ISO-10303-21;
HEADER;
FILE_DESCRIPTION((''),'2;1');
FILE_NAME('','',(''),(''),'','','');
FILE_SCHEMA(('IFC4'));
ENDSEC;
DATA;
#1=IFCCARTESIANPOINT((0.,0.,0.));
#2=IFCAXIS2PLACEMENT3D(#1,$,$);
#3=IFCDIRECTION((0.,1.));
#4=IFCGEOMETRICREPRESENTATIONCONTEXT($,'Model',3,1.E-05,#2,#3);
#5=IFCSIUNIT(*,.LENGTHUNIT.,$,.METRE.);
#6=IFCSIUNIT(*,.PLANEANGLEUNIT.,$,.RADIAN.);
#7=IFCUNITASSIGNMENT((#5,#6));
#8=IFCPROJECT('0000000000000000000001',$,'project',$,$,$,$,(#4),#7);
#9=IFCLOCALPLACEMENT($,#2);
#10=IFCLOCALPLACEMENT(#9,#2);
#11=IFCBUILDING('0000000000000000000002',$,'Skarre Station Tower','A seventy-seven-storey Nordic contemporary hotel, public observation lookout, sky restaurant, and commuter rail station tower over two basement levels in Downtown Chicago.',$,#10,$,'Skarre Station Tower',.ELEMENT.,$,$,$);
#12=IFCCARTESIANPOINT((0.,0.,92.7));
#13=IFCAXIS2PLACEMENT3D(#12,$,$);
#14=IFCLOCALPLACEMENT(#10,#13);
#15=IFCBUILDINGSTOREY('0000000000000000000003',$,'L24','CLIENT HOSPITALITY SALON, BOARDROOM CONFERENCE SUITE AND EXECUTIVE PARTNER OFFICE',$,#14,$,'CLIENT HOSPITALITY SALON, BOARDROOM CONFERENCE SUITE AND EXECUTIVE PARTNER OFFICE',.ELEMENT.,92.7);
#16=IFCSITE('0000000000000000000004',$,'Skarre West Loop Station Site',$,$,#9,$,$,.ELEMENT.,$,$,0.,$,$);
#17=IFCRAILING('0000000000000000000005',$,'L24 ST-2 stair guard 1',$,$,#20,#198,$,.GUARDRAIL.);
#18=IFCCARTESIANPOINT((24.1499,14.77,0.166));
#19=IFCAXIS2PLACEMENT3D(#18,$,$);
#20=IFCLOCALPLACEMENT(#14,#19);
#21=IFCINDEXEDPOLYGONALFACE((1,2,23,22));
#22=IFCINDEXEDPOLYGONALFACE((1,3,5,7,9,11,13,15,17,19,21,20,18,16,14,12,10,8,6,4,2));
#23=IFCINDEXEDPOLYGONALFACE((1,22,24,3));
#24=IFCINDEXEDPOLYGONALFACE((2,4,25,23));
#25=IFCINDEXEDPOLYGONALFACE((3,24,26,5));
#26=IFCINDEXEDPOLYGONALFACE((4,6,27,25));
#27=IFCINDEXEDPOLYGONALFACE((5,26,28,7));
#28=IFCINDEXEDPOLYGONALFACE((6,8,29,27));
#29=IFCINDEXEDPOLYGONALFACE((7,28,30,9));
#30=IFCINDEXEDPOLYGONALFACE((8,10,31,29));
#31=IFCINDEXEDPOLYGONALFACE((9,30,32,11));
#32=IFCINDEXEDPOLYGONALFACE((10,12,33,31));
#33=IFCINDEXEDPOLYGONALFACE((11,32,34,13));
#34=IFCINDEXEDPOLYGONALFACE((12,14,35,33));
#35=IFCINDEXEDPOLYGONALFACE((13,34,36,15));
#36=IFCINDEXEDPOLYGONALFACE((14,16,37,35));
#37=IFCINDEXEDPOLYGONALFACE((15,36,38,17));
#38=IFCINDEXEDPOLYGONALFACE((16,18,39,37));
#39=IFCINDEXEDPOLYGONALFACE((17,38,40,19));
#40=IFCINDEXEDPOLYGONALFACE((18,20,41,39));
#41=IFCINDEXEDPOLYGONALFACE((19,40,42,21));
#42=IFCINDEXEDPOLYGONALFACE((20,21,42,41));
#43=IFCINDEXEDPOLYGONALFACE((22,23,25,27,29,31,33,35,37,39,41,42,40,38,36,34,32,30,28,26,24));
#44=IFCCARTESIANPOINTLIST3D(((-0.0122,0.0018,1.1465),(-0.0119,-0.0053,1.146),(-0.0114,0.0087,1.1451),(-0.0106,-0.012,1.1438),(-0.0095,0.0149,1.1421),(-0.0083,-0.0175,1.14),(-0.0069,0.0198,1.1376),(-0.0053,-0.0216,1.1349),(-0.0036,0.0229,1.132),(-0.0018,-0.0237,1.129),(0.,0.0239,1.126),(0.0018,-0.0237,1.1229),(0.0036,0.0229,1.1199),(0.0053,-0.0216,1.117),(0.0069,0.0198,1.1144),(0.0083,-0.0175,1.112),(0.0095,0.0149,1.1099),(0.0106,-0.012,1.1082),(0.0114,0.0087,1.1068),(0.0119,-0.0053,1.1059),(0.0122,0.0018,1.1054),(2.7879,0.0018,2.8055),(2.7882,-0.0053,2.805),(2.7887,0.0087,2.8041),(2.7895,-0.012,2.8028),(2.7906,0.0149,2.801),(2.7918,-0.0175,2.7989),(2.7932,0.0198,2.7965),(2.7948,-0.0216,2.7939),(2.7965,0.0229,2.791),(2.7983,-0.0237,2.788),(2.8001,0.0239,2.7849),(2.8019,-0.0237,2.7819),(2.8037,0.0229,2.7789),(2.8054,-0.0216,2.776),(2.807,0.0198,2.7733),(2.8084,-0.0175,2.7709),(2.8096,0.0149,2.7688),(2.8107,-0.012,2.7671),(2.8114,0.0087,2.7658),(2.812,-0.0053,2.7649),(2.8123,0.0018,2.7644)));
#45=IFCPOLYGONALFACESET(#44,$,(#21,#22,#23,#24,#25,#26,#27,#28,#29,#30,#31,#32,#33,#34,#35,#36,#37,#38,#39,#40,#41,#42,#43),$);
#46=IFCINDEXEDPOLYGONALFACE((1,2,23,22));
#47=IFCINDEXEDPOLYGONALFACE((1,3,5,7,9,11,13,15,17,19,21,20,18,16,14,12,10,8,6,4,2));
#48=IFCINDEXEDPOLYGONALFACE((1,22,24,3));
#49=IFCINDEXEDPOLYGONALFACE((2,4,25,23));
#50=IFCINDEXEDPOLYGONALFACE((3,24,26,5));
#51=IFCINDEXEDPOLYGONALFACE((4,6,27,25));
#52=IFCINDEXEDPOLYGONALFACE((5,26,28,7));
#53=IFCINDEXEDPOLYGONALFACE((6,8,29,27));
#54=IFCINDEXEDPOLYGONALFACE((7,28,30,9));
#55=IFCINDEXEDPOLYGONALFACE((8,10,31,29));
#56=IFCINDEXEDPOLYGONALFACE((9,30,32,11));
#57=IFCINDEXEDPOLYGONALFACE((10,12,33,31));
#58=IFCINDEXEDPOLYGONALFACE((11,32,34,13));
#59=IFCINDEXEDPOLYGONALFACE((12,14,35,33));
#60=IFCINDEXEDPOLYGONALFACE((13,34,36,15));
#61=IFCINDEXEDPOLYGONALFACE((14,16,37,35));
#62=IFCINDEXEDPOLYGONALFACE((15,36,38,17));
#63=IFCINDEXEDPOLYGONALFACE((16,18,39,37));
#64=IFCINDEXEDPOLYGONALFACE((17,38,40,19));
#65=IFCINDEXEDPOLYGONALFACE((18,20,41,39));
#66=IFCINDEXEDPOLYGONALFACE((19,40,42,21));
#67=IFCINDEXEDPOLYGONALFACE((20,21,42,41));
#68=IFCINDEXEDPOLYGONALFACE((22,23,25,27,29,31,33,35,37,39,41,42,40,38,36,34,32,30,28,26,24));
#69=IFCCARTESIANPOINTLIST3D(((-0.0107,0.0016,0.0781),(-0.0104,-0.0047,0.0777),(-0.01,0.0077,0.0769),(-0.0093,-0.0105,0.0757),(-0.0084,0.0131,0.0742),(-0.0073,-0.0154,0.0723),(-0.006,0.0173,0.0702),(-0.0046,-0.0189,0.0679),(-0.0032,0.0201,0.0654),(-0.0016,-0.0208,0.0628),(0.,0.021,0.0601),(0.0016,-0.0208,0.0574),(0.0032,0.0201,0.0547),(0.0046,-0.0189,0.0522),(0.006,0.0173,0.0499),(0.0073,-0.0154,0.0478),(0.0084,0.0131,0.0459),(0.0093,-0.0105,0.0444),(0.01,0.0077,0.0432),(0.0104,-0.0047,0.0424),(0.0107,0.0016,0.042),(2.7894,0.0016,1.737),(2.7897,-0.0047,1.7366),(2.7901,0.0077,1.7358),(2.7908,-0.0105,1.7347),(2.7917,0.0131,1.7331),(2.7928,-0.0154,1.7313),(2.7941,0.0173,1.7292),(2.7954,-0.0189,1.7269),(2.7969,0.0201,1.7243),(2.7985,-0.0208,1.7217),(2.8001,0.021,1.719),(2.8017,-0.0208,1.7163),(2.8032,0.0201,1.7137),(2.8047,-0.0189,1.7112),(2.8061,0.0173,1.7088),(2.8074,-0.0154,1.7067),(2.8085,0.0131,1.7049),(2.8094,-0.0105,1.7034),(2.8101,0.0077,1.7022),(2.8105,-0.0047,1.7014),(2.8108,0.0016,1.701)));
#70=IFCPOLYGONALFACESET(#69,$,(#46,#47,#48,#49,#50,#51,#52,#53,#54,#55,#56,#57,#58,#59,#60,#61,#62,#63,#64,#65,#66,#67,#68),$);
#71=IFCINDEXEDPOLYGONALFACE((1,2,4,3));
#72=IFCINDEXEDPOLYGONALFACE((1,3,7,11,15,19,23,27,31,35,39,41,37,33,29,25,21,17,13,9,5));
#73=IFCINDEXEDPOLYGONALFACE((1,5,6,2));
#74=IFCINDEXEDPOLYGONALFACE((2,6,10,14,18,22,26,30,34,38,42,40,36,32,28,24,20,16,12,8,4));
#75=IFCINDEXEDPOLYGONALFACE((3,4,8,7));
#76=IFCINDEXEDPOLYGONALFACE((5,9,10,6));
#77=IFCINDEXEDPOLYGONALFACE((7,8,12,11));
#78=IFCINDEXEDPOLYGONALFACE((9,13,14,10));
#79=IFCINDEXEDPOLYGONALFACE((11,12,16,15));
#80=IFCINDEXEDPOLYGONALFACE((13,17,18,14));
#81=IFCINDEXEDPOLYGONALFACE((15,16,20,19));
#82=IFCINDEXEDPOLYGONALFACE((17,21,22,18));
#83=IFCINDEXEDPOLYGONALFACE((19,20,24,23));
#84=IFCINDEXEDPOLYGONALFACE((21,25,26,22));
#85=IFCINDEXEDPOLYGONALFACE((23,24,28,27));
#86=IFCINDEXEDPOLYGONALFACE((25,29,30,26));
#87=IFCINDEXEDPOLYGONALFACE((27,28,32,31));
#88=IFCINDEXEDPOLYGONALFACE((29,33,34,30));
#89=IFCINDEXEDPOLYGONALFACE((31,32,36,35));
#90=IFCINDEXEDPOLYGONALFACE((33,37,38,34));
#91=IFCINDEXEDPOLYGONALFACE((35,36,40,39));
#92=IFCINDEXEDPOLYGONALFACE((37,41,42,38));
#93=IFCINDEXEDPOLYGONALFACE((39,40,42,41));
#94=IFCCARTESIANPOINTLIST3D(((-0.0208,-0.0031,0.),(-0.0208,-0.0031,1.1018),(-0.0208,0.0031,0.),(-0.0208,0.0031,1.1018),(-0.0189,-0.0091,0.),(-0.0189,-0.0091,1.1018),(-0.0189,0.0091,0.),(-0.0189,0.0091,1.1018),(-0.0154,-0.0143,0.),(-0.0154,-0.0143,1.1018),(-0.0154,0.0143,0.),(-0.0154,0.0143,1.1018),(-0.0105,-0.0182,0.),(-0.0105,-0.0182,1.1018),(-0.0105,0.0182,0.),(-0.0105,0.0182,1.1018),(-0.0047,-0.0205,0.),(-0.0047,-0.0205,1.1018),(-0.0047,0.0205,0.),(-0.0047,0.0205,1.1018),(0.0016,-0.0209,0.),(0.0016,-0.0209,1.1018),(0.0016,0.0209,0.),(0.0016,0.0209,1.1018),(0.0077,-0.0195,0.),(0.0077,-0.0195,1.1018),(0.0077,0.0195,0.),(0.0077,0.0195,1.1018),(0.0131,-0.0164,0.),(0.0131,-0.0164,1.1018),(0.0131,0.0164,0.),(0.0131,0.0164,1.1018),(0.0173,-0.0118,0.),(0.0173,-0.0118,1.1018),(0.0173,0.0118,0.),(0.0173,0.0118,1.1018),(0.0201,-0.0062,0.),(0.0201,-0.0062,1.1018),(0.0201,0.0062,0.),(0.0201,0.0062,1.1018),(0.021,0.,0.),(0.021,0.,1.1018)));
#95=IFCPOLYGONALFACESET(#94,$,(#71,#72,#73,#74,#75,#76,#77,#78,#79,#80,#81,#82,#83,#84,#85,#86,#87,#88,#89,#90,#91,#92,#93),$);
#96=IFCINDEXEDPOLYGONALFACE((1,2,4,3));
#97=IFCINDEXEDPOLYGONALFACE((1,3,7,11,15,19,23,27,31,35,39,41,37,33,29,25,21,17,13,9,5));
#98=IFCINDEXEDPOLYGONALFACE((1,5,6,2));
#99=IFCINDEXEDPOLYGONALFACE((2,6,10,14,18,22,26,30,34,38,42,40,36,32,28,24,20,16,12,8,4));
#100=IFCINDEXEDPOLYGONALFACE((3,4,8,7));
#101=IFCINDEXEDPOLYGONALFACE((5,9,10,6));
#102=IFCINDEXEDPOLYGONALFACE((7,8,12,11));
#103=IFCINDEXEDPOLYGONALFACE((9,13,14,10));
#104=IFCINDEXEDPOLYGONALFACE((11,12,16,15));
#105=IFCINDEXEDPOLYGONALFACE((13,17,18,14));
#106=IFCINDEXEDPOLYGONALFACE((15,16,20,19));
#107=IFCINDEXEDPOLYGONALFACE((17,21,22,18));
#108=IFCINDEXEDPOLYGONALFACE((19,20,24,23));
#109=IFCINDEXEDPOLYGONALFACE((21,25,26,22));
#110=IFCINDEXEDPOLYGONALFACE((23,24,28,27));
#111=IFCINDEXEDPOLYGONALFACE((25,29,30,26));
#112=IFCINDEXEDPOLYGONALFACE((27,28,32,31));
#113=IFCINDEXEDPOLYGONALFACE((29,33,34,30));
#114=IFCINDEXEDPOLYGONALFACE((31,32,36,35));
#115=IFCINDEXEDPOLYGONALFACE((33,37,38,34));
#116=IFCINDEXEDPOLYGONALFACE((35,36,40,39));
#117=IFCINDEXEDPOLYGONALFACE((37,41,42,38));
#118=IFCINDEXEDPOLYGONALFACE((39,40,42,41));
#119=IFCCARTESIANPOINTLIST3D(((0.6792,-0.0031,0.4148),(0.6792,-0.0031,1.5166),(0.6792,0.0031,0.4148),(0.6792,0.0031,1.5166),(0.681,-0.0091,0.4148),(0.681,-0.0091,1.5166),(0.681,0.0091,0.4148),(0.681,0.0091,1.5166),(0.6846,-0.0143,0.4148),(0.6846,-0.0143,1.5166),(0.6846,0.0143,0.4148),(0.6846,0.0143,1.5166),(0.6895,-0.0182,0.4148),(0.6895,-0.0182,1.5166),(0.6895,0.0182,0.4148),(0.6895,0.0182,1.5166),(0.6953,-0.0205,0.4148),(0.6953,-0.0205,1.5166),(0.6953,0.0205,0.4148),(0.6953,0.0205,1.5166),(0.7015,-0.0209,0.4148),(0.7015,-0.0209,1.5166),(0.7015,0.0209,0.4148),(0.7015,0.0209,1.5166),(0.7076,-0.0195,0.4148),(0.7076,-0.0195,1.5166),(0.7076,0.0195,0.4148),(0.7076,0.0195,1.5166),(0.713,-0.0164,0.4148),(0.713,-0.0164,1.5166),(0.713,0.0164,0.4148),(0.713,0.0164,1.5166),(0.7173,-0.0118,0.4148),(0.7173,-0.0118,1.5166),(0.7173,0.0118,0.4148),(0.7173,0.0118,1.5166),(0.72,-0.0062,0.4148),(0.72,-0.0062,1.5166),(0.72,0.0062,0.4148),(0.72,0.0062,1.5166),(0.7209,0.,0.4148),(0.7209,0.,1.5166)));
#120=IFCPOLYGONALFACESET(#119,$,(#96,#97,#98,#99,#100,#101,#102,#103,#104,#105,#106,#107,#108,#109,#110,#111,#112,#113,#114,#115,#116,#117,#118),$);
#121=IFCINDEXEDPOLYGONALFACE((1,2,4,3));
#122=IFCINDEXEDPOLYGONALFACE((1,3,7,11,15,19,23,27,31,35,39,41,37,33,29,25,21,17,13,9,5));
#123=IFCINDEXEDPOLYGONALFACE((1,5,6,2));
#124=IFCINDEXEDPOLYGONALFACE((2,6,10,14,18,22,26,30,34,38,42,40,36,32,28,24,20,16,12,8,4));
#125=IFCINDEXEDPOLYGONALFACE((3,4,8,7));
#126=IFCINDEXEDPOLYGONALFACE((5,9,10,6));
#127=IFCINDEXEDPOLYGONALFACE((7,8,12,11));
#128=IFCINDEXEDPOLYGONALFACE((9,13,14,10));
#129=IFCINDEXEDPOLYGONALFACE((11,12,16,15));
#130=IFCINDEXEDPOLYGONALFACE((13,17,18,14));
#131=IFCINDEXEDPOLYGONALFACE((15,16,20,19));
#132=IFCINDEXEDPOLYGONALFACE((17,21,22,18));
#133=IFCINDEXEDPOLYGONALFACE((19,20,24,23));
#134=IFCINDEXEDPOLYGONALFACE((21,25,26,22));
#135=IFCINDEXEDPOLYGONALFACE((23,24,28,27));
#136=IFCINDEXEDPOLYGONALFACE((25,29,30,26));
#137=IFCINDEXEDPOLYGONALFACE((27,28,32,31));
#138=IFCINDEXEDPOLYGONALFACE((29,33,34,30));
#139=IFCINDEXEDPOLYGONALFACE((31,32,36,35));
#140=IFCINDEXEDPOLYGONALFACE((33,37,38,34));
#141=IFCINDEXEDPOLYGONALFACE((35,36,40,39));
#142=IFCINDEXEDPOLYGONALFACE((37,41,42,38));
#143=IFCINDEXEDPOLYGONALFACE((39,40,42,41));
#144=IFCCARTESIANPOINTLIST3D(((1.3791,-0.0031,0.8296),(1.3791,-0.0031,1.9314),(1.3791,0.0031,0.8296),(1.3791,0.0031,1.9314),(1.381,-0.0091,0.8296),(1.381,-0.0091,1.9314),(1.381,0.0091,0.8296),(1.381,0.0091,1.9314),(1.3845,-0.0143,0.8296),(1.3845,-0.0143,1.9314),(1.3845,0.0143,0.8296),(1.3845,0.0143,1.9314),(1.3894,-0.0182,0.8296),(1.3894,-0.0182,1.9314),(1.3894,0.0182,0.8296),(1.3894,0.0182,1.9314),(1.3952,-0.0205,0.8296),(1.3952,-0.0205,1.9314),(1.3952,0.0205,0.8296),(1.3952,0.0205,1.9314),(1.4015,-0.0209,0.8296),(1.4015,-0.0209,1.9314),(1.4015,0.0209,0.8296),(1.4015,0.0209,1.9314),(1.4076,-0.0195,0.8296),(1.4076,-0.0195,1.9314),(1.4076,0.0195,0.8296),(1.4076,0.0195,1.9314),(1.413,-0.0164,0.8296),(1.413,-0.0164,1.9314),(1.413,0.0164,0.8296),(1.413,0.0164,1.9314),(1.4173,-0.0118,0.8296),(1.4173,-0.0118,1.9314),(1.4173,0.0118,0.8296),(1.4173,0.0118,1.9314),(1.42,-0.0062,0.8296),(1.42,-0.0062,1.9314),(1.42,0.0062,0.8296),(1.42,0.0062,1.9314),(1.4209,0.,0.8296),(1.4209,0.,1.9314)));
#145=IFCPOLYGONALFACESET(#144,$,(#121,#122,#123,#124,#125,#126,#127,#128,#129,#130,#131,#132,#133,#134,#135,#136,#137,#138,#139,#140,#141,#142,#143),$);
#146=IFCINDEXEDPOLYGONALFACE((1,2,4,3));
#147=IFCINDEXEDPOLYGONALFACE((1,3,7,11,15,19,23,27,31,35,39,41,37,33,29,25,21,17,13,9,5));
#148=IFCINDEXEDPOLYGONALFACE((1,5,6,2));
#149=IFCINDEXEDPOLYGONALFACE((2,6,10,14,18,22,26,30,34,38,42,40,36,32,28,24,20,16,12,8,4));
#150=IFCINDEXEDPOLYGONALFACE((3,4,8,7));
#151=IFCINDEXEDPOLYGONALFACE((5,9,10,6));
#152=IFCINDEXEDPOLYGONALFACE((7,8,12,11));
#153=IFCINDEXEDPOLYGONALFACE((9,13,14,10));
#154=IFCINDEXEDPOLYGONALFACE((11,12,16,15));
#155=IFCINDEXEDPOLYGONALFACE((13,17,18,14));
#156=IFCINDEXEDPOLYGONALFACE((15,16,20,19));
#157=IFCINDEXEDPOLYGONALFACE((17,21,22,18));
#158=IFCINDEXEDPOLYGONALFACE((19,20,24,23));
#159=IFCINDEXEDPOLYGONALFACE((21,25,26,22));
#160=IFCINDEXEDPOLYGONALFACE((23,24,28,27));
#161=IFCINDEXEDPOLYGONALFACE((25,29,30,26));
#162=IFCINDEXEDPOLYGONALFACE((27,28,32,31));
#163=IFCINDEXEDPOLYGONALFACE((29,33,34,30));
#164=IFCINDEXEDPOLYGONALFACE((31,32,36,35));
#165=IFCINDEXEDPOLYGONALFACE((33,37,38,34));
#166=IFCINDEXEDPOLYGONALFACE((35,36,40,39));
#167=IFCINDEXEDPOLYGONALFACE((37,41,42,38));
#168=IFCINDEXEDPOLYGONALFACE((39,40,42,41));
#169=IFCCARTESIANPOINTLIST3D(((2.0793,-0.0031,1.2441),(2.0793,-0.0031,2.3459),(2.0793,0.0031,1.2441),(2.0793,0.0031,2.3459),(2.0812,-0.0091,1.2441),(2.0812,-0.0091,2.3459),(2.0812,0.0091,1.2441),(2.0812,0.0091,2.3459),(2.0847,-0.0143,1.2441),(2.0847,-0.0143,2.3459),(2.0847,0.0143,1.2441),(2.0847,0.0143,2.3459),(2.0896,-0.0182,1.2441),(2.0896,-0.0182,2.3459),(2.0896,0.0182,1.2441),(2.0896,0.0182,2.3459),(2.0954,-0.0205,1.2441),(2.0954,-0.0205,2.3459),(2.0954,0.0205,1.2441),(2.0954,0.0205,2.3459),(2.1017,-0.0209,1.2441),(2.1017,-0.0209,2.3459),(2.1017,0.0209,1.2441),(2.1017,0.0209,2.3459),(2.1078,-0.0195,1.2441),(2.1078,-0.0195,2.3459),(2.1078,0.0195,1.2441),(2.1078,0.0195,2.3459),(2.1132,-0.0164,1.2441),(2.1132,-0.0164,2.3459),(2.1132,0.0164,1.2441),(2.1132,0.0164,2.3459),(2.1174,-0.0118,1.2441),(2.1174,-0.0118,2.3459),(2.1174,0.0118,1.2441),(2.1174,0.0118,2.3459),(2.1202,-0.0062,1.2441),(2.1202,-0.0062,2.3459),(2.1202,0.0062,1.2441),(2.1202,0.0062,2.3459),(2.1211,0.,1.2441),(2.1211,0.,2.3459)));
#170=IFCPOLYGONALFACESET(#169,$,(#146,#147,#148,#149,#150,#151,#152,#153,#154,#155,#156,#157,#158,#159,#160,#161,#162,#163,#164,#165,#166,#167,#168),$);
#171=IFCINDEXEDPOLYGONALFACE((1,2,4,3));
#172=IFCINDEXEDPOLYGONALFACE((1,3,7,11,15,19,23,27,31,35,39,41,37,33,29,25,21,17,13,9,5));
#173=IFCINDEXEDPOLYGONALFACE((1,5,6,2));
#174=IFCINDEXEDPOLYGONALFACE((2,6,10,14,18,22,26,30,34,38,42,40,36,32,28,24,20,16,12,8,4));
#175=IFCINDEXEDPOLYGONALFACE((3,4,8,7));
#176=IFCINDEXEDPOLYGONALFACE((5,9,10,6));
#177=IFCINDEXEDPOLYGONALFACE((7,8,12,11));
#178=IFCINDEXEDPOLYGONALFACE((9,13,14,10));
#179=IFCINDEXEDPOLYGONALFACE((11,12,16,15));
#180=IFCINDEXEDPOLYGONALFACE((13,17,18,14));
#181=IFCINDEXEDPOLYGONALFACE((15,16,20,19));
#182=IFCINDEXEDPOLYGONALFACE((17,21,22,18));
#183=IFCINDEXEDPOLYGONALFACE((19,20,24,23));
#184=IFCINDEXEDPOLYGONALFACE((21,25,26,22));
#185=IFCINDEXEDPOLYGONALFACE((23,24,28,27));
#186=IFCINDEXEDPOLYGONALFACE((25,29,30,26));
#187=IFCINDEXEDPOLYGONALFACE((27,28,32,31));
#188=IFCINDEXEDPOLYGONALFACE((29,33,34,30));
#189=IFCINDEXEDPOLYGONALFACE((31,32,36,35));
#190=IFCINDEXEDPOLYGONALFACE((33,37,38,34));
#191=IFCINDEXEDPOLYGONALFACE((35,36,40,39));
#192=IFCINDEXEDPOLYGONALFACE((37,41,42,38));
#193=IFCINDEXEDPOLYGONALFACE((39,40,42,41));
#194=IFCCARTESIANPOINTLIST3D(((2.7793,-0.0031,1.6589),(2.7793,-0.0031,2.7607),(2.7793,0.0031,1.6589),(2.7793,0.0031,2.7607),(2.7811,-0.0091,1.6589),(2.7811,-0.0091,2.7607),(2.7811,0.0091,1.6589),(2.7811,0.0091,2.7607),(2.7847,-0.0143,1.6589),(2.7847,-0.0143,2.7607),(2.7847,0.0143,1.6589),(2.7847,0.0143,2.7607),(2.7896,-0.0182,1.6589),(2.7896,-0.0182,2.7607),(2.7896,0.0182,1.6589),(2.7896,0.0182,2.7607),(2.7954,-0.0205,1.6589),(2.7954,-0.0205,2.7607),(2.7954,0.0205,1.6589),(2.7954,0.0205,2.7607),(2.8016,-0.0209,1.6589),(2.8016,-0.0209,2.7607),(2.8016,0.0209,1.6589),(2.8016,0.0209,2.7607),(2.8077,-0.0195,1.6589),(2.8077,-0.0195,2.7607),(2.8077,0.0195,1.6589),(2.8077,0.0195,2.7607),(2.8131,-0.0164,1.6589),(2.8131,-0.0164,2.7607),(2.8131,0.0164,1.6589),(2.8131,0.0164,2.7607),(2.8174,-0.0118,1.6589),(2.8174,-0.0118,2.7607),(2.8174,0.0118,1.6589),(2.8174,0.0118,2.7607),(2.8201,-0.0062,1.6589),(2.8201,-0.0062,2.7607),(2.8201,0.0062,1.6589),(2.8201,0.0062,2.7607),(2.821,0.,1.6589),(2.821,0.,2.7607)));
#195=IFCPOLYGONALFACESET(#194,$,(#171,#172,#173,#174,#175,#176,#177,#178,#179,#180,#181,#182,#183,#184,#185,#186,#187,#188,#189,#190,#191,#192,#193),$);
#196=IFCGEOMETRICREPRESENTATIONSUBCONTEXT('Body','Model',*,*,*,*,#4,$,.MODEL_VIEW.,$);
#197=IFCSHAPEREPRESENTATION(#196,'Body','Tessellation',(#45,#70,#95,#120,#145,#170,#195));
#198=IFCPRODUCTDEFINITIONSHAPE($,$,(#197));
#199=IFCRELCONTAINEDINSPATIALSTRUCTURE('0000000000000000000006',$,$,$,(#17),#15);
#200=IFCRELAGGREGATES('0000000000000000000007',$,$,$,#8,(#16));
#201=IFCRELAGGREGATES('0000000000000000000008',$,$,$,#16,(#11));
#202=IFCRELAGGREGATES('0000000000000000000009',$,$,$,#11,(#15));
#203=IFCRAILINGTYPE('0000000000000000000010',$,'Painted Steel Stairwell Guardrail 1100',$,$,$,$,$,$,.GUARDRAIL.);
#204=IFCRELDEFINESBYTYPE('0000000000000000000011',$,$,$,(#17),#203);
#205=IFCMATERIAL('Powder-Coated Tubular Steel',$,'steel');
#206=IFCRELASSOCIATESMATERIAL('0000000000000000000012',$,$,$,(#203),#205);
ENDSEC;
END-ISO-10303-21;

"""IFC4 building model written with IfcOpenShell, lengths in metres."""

from ifc_helpers import new_model, si_unit, direction, frame, origin, origin_2d, place, context, subcontext, project, spatial, circle, extrude, material, type_object, element, save


model = new_model("IFC4")

# Units and contexts
model_context = context("Model", 3, precision=1e-05, world=origin(), true_north=direction((0.0, 1.0)))
body_context = subcontext(model_context, "Body", "Model", "MODEL_VIEW")
ifc_project = project(units=[si_unit("LENGTHUNIT", "METRE"), si_unit("PLANEANGLEUNIT", "RADIAN")], contexts=[model_context])

# Site, building, storey
site_placement = place(None, origin())
site = spatial("IfcSite", under=ifc_project, at=site_placement, Name="Skarre West Loop Station Site", CompositionType="ELEMENT", RefElevation=0.0)
building_placement = place(site_placement, origin())
building = spatial("IfcBuilding", under=site, at=building_placement, Name="Skarre Station Tower", Description="A seventy-seven-storey Nordic contemporary hotel, public observation lookout, sky restaurant, and commuter rail station tower over two basement levels in Downtown Chicago.", LongName="Skarre Station Tower", CompositionType="ELEMENT")
storey_placement = place(building_placement, frame((0.0, 0.0, 92.7)))
storey = spatial("IfcBuildingStorey", under=building, at=storey_placement, Name="L24", Description="CLIENT HOSPITALITY SALON, BOARDROOM CONFERENCE SUITE AND EXECUTIVE PARTNER OFFICE", LongName="CLIENT HOSPITALITY SALON, BOARDROOM CONFERENCE SUITE AND EXECUTIVE PARTNER OFFICE", CompositionType="ELEMENT", Elevation=92.7)

# Railing
ifc_material_1 = material(Name="Powder-Coated Tubular Steel", Category="steel")
railing_type_1 = type_object("IfcRailingType", Name="Painted Steel Stairwell Guardrail 1100", PredefinedType="GUARDRAIL", material=ifc_material_1)
railing_1_placement = place(storey_placement, frame((24.1499, 14.77, 0.166)))
element("IfcRailing", 1, at=railing_1_placement, inside=storey, type_object=railing_type_1, Name="L24 ST-2 stair guard 1", PredefinedType="GUARDRAIL", context=body_context, shape_type="SweptSolid", body=[
    extrude(circle(Radius=0.0239, at=origin_2d()), frame((0.0, 0.0, 1.126), z_axis=(0.860339, 0.0, 0.509722), x_axis=(0.0, 1.0, 0.0)), (0.0, 0.0, 1.0), 3.2546),
    extrude(circle(Radius=0.021, at=origin_2d()), frame((0.0, 0.0, 0.0601), z_axis=(0.860339, 0.0, 0.509722), x_axis=(0.0, 1.0, 0.0)), (0.0, 0.0, 1.0), 3.2546),
    extrude(circle(Radius=0.021, at=origin_2d()), origin(), (0.0, 0.0, 1.0), 1.1018),
    extrude(circle(Radius=0.021, at=origin_2d()), frame((0.7, 0.0, 0.4148)), (0.0, 0.0, 1.0), 1.1018),
    extrude(circle(Radius=0.021, at=origin_2d()), frame((1.3999, 0.0, 0.8296)), (0.0, 0.0, 1.0), 1.1018),
    extrude(circle(Radius=0.021, at=origin_2d()), frame((2.1001, 0.0, 1.2441)), (0.0, 0.0, 1.0), 1.1018),
    extrude(circle(Radius=0.021, at=origin_2d()), frame((2.8, 0.0, 1.6589)), (0.0, 0.0, 1.0), 1.1018),
])

save(model, "model.ifc")
